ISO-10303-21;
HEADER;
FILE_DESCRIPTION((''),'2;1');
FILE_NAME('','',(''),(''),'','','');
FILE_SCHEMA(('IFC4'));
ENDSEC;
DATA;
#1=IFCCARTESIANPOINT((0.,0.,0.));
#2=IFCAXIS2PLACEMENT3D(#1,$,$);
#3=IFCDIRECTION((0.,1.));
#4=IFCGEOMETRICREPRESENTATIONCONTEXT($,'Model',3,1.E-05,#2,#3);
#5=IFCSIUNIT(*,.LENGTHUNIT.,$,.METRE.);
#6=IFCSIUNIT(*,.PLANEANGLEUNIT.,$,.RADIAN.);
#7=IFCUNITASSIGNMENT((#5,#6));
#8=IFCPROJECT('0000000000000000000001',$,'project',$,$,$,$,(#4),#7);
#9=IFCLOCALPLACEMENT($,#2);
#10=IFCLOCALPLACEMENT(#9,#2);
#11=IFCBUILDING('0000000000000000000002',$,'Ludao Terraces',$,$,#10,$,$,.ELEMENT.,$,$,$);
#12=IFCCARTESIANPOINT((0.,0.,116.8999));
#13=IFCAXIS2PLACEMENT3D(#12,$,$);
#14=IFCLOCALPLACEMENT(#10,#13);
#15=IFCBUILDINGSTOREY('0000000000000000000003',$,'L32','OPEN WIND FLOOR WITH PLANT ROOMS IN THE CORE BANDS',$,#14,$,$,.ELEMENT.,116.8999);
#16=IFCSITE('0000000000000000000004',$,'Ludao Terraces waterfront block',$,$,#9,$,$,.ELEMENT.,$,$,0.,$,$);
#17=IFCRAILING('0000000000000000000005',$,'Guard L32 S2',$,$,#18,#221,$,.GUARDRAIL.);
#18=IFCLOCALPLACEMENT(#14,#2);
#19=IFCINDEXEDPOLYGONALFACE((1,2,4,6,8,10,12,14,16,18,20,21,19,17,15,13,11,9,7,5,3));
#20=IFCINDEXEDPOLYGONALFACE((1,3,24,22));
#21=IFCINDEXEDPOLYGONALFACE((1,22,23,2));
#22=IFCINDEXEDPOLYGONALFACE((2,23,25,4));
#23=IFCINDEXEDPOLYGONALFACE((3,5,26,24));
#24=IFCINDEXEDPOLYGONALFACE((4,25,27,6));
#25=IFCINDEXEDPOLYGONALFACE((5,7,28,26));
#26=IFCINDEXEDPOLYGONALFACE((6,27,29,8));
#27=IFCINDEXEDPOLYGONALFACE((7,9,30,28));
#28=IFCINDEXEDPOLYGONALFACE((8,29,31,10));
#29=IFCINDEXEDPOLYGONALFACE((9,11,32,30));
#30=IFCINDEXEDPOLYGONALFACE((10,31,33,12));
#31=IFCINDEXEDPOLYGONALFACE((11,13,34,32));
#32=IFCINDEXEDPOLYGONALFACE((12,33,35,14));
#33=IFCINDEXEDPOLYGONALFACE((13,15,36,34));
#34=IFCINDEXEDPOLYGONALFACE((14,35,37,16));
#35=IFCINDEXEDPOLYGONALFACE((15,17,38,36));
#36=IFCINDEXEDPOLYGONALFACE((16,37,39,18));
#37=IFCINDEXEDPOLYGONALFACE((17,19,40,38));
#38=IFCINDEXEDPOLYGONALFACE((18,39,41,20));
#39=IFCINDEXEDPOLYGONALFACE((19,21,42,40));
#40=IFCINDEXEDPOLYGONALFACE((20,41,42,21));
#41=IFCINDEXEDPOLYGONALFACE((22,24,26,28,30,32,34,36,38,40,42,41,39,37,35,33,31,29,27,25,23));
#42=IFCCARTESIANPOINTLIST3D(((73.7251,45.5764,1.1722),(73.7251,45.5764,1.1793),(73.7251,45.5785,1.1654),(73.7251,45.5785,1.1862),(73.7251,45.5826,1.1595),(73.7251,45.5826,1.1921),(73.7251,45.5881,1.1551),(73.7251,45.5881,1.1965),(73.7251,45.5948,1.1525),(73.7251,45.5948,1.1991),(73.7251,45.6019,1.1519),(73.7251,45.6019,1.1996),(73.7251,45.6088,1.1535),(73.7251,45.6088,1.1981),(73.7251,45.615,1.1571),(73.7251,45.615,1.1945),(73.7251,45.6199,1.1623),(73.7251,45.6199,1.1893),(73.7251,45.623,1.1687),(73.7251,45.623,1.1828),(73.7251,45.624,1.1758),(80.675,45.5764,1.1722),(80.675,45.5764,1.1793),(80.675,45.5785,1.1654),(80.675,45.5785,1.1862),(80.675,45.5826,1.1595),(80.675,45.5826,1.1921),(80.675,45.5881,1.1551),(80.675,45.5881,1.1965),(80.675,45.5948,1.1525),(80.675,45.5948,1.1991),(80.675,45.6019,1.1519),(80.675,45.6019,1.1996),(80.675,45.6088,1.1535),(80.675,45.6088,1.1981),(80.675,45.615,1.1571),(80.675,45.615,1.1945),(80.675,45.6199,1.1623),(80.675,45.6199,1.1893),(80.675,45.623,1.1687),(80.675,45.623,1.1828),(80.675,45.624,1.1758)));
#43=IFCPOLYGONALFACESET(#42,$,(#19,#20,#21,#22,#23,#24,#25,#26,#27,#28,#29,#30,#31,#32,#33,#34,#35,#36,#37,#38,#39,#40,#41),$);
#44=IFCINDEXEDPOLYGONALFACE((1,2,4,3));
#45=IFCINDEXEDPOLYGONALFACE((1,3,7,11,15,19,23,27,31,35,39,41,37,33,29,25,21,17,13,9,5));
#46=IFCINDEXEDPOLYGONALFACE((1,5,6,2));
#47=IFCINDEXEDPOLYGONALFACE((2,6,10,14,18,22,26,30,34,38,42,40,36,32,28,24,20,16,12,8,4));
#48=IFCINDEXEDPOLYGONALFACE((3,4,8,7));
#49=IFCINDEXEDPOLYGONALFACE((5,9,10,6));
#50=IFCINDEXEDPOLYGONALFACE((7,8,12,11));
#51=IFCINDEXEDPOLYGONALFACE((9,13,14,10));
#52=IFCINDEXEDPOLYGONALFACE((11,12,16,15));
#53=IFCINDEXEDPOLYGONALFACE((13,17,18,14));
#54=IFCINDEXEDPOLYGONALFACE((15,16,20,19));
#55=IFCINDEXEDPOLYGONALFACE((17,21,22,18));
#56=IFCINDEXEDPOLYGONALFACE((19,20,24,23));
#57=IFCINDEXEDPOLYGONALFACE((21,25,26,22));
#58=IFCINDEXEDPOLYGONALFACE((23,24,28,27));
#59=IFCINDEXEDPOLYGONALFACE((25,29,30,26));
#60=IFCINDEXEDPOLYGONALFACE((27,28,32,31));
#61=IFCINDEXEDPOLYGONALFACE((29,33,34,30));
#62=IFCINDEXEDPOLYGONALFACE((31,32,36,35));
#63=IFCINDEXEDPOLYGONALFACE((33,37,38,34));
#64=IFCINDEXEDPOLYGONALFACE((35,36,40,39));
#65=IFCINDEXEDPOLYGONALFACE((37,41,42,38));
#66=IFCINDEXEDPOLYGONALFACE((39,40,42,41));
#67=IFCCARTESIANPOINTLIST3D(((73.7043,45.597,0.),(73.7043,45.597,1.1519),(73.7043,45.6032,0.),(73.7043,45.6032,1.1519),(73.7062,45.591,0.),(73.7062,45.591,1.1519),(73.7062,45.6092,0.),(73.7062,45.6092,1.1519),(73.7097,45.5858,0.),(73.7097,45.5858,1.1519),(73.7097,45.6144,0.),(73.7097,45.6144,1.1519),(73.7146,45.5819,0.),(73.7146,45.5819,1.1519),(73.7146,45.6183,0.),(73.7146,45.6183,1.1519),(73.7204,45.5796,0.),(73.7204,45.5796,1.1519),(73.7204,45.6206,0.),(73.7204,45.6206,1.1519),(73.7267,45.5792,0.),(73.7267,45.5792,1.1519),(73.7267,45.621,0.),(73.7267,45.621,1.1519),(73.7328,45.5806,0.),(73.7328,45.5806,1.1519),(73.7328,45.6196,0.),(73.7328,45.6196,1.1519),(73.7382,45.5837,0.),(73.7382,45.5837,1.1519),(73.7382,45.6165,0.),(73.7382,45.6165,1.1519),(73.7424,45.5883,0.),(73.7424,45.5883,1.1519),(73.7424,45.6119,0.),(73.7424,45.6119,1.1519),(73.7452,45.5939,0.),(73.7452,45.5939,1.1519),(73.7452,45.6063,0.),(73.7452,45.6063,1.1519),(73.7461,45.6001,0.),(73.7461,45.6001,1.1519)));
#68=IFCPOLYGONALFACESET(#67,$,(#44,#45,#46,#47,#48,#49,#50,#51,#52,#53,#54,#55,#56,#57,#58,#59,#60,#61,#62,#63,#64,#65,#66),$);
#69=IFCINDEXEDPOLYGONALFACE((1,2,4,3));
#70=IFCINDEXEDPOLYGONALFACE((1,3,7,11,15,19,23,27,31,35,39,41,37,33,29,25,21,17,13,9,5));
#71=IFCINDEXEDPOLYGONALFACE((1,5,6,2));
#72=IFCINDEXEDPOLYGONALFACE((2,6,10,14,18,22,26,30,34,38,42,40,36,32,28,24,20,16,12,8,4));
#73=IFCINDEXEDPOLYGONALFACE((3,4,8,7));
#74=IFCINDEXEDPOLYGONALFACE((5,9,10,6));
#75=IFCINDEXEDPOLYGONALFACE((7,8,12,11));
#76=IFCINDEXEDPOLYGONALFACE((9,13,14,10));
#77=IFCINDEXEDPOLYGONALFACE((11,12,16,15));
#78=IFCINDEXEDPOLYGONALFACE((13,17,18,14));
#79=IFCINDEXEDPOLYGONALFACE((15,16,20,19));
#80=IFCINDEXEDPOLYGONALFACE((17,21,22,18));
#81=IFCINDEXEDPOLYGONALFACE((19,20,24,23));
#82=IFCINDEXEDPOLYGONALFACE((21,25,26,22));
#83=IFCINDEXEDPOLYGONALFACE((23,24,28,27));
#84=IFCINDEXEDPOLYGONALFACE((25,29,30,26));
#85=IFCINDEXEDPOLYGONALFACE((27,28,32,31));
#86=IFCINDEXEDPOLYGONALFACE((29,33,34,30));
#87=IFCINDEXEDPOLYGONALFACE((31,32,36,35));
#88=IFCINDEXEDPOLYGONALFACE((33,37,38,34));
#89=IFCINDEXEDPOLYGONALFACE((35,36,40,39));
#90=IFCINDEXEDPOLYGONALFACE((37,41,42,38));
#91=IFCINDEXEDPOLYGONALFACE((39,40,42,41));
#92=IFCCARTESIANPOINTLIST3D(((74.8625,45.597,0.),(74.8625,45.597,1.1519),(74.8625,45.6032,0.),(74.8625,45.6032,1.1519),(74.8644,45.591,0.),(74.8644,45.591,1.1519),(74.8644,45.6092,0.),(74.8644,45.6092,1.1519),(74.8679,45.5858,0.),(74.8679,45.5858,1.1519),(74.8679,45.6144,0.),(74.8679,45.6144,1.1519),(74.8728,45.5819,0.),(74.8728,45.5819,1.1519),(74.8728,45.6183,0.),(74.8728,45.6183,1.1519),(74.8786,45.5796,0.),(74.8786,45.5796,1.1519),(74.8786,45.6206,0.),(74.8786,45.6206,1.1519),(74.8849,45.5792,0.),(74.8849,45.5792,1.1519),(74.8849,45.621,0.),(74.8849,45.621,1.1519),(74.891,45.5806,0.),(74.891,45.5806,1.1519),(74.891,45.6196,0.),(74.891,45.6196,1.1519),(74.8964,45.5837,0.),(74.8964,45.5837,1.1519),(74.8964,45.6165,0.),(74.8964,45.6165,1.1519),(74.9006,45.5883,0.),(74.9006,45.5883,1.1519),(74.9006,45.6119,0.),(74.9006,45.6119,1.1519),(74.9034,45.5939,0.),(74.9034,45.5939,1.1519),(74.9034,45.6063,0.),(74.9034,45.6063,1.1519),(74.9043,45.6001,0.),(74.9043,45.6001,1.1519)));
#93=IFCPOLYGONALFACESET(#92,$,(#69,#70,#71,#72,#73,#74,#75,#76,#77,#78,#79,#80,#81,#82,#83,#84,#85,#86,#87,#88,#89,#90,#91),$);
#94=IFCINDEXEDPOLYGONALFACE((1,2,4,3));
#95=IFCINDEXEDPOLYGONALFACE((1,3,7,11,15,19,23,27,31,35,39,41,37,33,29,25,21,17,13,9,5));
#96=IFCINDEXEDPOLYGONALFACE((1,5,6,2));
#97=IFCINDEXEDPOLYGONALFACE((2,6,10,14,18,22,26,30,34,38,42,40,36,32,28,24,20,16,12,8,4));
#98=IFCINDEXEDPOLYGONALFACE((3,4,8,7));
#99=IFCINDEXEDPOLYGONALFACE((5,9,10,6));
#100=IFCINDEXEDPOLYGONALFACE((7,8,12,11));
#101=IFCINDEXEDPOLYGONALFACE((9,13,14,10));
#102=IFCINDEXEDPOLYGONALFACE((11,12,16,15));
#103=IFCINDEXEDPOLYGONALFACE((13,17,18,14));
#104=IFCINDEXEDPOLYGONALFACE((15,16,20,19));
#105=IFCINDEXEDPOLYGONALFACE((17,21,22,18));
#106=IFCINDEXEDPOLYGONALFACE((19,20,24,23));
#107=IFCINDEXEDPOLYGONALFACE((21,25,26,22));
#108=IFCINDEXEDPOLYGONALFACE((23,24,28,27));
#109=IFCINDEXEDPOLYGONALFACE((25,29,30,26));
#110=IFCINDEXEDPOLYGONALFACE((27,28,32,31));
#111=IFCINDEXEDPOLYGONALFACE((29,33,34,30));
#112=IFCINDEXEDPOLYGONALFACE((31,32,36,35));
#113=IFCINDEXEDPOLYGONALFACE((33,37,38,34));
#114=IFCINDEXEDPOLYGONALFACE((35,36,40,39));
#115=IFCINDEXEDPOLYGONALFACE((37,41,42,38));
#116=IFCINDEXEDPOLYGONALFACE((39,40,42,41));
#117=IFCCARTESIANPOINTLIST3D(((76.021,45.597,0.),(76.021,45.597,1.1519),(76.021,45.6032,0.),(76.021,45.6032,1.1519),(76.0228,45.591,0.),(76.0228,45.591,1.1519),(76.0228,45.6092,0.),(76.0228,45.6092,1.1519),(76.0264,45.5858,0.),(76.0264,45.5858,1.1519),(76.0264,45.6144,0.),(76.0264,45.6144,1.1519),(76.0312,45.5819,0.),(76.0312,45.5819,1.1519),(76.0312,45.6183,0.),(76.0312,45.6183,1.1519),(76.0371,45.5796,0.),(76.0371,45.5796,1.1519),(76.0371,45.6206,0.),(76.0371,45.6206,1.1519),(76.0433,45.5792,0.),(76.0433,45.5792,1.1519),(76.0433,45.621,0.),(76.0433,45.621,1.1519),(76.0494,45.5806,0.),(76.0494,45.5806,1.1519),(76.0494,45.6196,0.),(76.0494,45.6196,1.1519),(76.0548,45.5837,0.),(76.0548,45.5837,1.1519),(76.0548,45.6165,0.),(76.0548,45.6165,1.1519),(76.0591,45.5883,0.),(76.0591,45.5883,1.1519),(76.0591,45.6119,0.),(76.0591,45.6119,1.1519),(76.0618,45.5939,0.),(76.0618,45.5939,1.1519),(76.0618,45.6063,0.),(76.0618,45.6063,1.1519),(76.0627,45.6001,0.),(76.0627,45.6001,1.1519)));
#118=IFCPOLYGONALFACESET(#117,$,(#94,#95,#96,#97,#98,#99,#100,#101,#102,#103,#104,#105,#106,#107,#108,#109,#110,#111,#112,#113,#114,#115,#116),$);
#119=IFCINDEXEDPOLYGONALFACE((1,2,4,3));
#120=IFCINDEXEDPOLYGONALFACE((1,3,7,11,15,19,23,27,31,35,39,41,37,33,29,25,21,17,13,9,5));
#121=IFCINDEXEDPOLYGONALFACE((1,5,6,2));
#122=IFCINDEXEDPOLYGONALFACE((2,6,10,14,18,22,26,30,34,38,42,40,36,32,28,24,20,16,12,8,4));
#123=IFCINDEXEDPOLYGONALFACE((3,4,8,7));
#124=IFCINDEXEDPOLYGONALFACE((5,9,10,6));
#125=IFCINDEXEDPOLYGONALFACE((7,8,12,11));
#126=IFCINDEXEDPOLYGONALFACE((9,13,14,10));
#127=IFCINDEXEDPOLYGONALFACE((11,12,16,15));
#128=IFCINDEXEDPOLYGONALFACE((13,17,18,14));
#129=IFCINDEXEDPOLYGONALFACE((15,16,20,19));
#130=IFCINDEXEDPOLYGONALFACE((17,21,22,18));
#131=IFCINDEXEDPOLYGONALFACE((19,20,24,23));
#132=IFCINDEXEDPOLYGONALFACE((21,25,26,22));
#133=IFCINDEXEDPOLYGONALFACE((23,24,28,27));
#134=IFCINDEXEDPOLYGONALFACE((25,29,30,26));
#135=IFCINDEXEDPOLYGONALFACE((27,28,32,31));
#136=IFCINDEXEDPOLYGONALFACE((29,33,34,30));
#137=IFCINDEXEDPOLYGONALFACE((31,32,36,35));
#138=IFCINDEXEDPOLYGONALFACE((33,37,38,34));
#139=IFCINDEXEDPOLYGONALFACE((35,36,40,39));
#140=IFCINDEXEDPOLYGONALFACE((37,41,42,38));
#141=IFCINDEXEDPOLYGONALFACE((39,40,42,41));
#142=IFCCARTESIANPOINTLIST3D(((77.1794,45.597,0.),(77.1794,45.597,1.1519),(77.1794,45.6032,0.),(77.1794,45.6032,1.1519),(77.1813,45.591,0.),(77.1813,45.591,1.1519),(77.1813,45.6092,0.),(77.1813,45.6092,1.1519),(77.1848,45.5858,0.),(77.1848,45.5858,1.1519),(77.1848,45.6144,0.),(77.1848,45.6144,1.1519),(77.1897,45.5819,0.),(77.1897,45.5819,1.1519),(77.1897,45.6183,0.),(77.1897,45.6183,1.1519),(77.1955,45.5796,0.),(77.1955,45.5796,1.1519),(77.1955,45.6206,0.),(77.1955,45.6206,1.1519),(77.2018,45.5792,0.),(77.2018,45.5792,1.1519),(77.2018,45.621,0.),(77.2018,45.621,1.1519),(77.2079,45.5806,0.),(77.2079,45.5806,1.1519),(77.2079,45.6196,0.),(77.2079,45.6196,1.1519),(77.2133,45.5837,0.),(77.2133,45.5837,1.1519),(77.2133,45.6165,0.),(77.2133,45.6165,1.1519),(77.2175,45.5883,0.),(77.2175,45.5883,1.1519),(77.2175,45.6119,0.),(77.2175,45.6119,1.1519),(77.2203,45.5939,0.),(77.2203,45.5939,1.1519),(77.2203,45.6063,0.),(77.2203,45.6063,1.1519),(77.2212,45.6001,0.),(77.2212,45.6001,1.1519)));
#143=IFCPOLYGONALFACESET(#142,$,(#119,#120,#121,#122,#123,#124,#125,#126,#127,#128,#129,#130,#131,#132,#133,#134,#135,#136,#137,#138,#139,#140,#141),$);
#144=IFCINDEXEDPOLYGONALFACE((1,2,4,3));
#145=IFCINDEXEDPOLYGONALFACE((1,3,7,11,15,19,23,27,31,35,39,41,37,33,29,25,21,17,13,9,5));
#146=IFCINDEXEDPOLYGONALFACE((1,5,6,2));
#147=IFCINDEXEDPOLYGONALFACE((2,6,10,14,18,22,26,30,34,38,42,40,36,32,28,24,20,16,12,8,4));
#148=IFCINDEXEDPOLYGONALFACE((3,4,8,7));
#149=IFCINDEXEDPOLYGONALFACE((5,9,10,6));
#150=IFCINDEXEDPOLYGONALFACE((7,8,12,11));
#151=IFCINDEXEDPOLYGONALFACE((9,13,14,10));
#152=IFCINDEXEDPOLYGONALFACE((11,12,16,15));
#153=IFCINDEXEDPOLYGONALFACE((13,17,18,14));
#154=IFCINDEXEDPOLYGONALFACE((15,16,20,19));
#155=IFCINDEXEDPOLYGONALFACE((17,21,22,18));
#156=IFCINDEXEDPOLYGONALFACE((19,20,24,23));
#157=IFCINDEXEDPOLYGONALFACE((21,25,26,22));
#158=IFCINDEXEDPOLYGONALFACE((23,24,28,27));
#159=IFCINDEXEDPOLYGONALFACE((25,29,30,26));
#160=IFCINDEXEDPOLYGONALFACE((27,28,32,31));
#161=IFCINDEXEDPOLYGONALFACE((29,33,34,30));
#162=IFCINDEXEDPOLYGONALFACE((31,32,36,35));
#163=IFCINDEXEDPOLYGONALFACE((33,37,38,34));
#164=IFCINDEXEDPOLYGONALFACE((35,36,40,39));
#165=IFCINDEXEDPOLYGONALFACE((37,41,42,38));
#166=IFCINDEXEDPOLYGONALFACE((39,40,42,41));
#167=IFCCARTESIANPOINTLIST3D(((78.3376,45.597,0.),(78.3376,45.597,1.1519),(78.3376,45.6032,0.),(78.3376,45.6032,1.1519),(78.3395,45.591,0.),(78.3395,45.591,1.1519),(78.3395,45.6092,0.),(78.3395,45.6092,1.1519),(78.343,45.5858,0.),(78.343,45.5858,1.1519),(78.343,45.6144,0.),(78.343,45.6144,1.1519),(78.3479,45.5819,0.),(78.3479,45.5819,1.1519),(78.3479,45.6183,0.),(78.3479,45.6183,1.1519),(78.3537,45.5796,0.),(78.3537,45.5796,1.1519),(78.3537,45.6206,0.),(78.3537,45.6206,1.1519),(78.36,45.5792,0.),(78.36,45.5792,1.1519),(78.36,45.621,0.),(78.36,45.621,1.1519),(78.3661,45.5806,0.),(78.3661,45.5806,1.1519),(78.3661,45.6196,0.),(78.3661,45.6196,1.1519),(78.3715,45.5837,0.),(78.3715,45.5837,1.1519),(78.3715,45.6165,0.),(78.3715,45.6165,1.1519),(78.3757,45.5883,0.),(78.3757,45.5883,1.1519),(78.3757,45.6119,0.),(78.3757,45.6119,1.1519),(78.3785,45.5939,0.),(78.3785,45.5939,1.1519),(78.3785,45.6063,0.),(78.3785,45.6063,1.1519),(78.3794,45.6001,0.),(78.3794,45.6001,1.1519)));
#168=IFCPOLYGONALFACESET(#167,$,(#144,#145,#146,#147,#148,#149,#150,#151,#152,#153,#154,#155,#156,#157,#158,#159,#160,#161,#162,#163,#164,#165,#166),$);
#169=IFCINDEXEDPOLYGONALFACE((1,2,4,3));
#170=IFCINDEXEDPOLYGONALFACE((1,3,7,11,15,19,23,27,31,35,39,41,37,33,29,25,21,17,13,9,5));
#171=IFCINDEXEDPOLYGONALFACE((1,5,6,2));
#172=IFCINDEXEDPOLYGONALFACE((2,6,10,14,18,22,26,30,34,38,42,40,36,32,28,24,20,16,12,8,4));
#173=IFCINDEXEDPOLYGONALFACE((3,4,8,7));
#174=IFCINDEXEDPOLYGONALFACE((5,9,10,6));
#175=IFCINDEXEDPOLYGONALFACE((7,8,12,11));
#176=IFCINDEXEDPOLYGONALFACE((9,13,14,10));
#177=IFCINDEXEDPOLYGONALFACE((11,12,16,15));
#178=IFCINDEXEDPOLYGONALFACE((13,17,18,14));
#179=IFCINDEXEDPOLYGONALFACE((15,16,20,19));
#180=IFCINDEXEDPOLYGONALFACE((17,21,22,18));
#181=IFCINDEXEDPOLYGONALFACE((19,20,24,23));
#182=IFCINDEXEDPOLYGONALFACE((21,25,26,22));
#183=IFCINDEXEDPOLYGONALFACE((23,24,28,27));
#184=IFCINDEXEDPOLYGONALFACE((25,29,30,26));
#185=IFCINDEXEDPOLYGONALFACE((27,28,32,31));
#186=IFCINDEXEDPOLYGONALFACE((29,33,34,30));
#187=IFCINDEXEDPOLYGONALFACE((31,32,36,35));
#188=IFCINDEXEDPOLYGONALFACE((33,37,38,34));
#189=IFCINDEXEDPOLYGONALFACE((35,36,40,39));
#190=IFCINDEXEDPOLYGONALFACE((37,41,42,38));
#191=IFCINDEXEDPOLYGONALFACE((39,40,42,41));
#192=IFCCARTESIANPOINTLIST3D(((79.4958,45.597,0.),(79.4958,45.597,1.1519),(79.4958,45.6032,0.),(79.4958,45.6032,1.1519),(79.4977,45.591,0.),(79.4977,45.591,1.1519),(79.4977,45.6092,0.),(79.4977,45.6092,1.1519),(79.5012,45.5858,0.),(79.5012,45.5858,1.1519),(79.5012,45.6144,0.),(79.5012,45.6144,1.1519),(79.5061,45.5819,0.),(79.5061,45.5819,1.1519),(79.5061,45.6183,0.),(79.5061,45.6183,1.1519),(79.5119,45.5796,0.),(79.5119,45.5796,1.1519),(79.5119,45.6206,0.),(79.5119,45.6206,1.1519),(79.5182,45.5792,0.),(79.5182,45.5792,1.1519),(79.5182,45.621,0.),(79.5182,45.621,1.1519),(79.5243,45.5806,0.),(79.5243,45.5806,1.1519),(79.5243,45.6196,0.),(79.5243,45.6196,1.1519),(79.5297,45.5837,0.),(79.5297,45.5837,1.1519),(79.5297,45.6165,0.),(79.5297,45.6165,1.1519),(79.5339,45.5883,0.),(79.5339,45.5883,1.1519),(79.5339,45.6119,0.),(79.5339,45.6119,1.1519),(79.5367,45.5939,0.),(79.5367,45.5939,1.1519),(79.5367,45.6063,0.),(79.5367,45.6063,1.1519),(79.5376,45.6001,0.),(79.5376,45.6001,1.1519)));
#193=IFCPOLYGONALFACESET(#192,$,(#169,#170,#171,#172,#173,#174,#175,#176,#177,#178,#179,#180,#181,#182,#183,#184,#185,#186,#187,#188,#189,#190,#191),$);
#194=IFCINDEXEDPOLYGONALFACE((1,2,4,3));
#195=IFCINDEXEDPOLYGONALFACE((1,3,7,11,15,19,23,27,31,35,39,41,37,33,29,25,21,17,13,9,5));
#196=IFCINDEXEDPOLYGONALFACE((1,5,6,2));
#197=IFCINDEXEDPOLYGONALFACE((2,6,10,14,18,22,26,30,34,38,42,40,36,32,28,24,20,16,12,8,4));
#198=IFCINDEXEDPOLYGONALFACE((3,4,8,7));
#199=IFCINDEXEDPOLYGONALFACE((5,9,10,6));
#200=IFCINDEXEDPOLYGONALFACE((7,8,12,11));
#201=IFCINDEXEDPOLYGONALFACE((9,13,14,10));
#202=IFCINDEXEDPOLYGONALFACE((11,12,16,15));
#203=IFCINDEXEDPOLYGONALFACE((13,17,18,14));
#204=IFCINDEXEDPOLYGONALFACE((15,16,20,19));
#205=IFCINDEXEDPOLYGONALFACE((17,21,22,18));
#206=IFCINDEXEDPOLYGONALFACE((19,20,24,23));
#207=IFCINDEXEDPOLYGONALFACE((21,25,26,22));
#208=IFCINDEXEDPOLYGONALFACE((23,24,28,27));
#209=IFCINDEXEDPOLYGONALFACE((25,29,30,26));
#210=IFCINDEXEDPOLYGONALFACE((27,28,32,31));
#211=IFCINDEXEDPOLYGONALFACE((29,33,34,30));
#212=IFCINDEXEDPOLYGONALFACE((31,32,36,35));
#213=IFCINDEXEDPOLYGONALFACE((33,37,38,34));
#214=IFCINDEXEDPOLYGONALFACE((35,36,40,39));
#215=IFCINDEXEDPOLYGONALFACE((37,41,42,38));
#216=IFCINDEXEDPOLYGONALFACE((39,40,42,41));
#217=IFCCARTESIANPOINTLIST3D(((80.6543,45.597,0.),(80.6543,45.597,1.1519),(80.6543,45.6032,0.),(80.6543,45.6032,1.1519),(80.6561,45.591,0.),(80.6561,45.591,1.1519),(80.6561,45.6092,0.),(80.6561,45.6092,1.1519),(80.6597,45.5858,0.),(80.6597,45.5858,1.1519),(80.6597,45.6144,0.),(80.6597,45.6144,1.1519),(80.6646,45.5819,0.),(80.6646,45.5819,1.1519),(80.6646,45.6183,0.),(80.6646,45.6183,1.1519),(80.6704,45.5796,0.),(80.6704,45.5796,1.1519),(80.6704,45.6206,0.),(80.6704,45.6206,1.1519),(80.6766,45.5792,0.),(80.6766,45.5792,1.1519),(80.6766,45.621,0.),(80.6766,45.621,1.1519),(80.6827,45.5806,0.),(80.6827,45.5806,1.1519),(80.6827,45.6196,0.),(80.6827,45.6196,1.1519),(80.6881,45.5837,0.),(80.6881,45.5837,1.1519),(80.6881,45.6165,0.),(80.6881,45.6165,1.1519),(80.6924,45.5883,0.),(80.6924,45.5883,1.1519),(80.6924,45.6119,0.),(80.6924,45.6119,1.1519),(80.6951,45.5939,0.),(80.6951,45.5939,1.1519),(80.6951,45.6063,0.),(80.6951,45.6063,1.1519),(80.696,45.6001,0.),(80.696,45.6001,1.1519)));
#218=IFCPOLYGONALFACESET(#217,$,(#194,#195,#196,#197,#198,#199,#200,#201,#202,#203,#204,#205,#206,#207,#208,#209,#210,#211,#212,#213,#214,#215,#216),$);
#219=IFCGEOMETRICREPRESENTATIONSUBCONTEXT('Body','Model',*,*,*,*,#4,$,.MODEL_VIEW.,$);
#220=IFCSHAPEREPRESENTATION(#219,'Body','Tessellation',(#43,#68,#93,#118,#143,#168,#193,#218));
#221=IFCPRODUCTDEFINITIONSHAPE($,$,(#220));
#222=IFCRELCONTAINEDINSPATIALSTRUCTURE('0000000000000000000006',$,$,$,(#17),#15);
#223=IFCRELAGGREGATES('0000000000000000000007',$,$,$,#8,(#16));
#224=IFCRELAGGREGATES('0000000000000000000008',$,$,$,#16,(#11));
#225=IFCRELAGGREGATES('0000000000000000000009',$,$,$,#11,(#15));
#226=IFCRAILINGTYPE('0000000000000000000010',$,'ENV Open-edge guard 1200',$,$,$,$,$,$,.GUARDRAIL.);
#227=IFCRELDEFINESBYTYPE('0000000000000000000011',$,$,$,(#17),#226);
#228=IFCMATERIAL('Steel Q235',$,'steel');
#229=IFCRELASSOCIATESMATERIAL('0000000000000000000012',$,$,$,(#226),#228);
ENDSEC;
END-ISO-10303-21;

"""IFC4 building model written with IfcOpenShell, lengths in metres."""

from ifc_helpers import new_model, si_unit, direction, frame, origin, origin_2d, place, context, subcontext, project, spatial, circle, extrude, material, type_object, element, save


model = new_model("IFC4")

# Units and contexts
model_context = context("Model", 3, precision=1e-05, world=origin(), true_north=direction((0.0, 1.0)))
body_context = subcontext(model_context, "Body", "Model", "MODEL_VIEW")
ifc_project = project(units=[si_unit("LENGTHUNIT", "METRE"), si_unit("PLANEANGLEUNIT", "RADIAN")], contexts=[model_context])

# Site, building, storey
site_placement = place(None, origin())
site = spatial("IfcSite", under=ifc_project, at=site_placement, Name="Ludao Terraces waterfront block", CompositionType="ELEMENT", RefElevation=0.0)
building_placement = place(site_placement, origin())
building = spatial("IfcBuilding", under=site, at=building_placement, Name="Ludao Terraces", CompositionType="ELEMENT")
storey_placement = place(building_placement, frame((0.0, 0.0, 116.8999)))
storey = spatial("IfcBuildingStorey", under=building, at=storey_placement, Name="L32", Description="OPEN WIND FLOOR WITH PLANT ROOMS IN THE CORE BANDS", CompositionType="ELEMENT", Elevation=116.8999)

# Shared definitions
ifc_material_1 = material(Name="Steel Q235", Category="steel")

# Railing
railing_type = type_object("IfcRailingType", Name="ENV Open-edge guard 1200", PredefinedType="GUARDRAIL", material=ifc_material_1)
railing_1_placement = place(storey_placement, frame((73.7251, 45.6001, 0.0)))
element("IfcRailing", 1, at=railing_1_placement, inside=storey, type_object=railing_type, Name="Guard L32 S2", PredefinedType="GUARDRAIL", context=body_context, shape_type="SweptSolid", body=[
    extrude(circle(Radius=0.0239, at=origin_2d()), frame((0.0, 0.0, 1.1758), z_axis=(1.0, 0.0, 0.0), x_axis=(0.0, 1.0, 0.0)), (0.0, 0.0, 1.0), 6.95),
    extrude(circle(Radius=0.021, at=origin_2d()), origin(), (0.0, 0.0, 1.0), 1.1519),
    extrude(circle(Radius=0.021, at=origin_2d()), frame((1.1582, 0.0, 0.0)), (0.0, 0.0, 1.0), 1.1519),
    extrude(circle(Radius=0.021, at=origin_2d()), frame((2.3167, 0.0, 0.0)), (0.0, 0.0, 1.0), 1.1519),
    extrude(circle(Radius=0.021, at=origin_2d()), frame((3.4751, 0.0, 0.0)), (0.0, 0.0, 1.0), 1.1519),
    extrude(circle(Radius=0.021, at=origin_2d()), frame((4.6333, 0.0, 0.0)), (0.0, 0.0, 1.0), 1.1519),
    extrude(circle(Radius=0.021, at=origin_2d()), frame((5.7915, 0.0, 0.0)), (0.0, 0.0, 1.0), 1.1519),
    extrude(circle(Radius=0.021, at=origin_2d()), frame((6.95, 0.0, 0.0)), (0.0, 0.0, 1.0), 1.1519),
])

save(model, "model.ifc")
